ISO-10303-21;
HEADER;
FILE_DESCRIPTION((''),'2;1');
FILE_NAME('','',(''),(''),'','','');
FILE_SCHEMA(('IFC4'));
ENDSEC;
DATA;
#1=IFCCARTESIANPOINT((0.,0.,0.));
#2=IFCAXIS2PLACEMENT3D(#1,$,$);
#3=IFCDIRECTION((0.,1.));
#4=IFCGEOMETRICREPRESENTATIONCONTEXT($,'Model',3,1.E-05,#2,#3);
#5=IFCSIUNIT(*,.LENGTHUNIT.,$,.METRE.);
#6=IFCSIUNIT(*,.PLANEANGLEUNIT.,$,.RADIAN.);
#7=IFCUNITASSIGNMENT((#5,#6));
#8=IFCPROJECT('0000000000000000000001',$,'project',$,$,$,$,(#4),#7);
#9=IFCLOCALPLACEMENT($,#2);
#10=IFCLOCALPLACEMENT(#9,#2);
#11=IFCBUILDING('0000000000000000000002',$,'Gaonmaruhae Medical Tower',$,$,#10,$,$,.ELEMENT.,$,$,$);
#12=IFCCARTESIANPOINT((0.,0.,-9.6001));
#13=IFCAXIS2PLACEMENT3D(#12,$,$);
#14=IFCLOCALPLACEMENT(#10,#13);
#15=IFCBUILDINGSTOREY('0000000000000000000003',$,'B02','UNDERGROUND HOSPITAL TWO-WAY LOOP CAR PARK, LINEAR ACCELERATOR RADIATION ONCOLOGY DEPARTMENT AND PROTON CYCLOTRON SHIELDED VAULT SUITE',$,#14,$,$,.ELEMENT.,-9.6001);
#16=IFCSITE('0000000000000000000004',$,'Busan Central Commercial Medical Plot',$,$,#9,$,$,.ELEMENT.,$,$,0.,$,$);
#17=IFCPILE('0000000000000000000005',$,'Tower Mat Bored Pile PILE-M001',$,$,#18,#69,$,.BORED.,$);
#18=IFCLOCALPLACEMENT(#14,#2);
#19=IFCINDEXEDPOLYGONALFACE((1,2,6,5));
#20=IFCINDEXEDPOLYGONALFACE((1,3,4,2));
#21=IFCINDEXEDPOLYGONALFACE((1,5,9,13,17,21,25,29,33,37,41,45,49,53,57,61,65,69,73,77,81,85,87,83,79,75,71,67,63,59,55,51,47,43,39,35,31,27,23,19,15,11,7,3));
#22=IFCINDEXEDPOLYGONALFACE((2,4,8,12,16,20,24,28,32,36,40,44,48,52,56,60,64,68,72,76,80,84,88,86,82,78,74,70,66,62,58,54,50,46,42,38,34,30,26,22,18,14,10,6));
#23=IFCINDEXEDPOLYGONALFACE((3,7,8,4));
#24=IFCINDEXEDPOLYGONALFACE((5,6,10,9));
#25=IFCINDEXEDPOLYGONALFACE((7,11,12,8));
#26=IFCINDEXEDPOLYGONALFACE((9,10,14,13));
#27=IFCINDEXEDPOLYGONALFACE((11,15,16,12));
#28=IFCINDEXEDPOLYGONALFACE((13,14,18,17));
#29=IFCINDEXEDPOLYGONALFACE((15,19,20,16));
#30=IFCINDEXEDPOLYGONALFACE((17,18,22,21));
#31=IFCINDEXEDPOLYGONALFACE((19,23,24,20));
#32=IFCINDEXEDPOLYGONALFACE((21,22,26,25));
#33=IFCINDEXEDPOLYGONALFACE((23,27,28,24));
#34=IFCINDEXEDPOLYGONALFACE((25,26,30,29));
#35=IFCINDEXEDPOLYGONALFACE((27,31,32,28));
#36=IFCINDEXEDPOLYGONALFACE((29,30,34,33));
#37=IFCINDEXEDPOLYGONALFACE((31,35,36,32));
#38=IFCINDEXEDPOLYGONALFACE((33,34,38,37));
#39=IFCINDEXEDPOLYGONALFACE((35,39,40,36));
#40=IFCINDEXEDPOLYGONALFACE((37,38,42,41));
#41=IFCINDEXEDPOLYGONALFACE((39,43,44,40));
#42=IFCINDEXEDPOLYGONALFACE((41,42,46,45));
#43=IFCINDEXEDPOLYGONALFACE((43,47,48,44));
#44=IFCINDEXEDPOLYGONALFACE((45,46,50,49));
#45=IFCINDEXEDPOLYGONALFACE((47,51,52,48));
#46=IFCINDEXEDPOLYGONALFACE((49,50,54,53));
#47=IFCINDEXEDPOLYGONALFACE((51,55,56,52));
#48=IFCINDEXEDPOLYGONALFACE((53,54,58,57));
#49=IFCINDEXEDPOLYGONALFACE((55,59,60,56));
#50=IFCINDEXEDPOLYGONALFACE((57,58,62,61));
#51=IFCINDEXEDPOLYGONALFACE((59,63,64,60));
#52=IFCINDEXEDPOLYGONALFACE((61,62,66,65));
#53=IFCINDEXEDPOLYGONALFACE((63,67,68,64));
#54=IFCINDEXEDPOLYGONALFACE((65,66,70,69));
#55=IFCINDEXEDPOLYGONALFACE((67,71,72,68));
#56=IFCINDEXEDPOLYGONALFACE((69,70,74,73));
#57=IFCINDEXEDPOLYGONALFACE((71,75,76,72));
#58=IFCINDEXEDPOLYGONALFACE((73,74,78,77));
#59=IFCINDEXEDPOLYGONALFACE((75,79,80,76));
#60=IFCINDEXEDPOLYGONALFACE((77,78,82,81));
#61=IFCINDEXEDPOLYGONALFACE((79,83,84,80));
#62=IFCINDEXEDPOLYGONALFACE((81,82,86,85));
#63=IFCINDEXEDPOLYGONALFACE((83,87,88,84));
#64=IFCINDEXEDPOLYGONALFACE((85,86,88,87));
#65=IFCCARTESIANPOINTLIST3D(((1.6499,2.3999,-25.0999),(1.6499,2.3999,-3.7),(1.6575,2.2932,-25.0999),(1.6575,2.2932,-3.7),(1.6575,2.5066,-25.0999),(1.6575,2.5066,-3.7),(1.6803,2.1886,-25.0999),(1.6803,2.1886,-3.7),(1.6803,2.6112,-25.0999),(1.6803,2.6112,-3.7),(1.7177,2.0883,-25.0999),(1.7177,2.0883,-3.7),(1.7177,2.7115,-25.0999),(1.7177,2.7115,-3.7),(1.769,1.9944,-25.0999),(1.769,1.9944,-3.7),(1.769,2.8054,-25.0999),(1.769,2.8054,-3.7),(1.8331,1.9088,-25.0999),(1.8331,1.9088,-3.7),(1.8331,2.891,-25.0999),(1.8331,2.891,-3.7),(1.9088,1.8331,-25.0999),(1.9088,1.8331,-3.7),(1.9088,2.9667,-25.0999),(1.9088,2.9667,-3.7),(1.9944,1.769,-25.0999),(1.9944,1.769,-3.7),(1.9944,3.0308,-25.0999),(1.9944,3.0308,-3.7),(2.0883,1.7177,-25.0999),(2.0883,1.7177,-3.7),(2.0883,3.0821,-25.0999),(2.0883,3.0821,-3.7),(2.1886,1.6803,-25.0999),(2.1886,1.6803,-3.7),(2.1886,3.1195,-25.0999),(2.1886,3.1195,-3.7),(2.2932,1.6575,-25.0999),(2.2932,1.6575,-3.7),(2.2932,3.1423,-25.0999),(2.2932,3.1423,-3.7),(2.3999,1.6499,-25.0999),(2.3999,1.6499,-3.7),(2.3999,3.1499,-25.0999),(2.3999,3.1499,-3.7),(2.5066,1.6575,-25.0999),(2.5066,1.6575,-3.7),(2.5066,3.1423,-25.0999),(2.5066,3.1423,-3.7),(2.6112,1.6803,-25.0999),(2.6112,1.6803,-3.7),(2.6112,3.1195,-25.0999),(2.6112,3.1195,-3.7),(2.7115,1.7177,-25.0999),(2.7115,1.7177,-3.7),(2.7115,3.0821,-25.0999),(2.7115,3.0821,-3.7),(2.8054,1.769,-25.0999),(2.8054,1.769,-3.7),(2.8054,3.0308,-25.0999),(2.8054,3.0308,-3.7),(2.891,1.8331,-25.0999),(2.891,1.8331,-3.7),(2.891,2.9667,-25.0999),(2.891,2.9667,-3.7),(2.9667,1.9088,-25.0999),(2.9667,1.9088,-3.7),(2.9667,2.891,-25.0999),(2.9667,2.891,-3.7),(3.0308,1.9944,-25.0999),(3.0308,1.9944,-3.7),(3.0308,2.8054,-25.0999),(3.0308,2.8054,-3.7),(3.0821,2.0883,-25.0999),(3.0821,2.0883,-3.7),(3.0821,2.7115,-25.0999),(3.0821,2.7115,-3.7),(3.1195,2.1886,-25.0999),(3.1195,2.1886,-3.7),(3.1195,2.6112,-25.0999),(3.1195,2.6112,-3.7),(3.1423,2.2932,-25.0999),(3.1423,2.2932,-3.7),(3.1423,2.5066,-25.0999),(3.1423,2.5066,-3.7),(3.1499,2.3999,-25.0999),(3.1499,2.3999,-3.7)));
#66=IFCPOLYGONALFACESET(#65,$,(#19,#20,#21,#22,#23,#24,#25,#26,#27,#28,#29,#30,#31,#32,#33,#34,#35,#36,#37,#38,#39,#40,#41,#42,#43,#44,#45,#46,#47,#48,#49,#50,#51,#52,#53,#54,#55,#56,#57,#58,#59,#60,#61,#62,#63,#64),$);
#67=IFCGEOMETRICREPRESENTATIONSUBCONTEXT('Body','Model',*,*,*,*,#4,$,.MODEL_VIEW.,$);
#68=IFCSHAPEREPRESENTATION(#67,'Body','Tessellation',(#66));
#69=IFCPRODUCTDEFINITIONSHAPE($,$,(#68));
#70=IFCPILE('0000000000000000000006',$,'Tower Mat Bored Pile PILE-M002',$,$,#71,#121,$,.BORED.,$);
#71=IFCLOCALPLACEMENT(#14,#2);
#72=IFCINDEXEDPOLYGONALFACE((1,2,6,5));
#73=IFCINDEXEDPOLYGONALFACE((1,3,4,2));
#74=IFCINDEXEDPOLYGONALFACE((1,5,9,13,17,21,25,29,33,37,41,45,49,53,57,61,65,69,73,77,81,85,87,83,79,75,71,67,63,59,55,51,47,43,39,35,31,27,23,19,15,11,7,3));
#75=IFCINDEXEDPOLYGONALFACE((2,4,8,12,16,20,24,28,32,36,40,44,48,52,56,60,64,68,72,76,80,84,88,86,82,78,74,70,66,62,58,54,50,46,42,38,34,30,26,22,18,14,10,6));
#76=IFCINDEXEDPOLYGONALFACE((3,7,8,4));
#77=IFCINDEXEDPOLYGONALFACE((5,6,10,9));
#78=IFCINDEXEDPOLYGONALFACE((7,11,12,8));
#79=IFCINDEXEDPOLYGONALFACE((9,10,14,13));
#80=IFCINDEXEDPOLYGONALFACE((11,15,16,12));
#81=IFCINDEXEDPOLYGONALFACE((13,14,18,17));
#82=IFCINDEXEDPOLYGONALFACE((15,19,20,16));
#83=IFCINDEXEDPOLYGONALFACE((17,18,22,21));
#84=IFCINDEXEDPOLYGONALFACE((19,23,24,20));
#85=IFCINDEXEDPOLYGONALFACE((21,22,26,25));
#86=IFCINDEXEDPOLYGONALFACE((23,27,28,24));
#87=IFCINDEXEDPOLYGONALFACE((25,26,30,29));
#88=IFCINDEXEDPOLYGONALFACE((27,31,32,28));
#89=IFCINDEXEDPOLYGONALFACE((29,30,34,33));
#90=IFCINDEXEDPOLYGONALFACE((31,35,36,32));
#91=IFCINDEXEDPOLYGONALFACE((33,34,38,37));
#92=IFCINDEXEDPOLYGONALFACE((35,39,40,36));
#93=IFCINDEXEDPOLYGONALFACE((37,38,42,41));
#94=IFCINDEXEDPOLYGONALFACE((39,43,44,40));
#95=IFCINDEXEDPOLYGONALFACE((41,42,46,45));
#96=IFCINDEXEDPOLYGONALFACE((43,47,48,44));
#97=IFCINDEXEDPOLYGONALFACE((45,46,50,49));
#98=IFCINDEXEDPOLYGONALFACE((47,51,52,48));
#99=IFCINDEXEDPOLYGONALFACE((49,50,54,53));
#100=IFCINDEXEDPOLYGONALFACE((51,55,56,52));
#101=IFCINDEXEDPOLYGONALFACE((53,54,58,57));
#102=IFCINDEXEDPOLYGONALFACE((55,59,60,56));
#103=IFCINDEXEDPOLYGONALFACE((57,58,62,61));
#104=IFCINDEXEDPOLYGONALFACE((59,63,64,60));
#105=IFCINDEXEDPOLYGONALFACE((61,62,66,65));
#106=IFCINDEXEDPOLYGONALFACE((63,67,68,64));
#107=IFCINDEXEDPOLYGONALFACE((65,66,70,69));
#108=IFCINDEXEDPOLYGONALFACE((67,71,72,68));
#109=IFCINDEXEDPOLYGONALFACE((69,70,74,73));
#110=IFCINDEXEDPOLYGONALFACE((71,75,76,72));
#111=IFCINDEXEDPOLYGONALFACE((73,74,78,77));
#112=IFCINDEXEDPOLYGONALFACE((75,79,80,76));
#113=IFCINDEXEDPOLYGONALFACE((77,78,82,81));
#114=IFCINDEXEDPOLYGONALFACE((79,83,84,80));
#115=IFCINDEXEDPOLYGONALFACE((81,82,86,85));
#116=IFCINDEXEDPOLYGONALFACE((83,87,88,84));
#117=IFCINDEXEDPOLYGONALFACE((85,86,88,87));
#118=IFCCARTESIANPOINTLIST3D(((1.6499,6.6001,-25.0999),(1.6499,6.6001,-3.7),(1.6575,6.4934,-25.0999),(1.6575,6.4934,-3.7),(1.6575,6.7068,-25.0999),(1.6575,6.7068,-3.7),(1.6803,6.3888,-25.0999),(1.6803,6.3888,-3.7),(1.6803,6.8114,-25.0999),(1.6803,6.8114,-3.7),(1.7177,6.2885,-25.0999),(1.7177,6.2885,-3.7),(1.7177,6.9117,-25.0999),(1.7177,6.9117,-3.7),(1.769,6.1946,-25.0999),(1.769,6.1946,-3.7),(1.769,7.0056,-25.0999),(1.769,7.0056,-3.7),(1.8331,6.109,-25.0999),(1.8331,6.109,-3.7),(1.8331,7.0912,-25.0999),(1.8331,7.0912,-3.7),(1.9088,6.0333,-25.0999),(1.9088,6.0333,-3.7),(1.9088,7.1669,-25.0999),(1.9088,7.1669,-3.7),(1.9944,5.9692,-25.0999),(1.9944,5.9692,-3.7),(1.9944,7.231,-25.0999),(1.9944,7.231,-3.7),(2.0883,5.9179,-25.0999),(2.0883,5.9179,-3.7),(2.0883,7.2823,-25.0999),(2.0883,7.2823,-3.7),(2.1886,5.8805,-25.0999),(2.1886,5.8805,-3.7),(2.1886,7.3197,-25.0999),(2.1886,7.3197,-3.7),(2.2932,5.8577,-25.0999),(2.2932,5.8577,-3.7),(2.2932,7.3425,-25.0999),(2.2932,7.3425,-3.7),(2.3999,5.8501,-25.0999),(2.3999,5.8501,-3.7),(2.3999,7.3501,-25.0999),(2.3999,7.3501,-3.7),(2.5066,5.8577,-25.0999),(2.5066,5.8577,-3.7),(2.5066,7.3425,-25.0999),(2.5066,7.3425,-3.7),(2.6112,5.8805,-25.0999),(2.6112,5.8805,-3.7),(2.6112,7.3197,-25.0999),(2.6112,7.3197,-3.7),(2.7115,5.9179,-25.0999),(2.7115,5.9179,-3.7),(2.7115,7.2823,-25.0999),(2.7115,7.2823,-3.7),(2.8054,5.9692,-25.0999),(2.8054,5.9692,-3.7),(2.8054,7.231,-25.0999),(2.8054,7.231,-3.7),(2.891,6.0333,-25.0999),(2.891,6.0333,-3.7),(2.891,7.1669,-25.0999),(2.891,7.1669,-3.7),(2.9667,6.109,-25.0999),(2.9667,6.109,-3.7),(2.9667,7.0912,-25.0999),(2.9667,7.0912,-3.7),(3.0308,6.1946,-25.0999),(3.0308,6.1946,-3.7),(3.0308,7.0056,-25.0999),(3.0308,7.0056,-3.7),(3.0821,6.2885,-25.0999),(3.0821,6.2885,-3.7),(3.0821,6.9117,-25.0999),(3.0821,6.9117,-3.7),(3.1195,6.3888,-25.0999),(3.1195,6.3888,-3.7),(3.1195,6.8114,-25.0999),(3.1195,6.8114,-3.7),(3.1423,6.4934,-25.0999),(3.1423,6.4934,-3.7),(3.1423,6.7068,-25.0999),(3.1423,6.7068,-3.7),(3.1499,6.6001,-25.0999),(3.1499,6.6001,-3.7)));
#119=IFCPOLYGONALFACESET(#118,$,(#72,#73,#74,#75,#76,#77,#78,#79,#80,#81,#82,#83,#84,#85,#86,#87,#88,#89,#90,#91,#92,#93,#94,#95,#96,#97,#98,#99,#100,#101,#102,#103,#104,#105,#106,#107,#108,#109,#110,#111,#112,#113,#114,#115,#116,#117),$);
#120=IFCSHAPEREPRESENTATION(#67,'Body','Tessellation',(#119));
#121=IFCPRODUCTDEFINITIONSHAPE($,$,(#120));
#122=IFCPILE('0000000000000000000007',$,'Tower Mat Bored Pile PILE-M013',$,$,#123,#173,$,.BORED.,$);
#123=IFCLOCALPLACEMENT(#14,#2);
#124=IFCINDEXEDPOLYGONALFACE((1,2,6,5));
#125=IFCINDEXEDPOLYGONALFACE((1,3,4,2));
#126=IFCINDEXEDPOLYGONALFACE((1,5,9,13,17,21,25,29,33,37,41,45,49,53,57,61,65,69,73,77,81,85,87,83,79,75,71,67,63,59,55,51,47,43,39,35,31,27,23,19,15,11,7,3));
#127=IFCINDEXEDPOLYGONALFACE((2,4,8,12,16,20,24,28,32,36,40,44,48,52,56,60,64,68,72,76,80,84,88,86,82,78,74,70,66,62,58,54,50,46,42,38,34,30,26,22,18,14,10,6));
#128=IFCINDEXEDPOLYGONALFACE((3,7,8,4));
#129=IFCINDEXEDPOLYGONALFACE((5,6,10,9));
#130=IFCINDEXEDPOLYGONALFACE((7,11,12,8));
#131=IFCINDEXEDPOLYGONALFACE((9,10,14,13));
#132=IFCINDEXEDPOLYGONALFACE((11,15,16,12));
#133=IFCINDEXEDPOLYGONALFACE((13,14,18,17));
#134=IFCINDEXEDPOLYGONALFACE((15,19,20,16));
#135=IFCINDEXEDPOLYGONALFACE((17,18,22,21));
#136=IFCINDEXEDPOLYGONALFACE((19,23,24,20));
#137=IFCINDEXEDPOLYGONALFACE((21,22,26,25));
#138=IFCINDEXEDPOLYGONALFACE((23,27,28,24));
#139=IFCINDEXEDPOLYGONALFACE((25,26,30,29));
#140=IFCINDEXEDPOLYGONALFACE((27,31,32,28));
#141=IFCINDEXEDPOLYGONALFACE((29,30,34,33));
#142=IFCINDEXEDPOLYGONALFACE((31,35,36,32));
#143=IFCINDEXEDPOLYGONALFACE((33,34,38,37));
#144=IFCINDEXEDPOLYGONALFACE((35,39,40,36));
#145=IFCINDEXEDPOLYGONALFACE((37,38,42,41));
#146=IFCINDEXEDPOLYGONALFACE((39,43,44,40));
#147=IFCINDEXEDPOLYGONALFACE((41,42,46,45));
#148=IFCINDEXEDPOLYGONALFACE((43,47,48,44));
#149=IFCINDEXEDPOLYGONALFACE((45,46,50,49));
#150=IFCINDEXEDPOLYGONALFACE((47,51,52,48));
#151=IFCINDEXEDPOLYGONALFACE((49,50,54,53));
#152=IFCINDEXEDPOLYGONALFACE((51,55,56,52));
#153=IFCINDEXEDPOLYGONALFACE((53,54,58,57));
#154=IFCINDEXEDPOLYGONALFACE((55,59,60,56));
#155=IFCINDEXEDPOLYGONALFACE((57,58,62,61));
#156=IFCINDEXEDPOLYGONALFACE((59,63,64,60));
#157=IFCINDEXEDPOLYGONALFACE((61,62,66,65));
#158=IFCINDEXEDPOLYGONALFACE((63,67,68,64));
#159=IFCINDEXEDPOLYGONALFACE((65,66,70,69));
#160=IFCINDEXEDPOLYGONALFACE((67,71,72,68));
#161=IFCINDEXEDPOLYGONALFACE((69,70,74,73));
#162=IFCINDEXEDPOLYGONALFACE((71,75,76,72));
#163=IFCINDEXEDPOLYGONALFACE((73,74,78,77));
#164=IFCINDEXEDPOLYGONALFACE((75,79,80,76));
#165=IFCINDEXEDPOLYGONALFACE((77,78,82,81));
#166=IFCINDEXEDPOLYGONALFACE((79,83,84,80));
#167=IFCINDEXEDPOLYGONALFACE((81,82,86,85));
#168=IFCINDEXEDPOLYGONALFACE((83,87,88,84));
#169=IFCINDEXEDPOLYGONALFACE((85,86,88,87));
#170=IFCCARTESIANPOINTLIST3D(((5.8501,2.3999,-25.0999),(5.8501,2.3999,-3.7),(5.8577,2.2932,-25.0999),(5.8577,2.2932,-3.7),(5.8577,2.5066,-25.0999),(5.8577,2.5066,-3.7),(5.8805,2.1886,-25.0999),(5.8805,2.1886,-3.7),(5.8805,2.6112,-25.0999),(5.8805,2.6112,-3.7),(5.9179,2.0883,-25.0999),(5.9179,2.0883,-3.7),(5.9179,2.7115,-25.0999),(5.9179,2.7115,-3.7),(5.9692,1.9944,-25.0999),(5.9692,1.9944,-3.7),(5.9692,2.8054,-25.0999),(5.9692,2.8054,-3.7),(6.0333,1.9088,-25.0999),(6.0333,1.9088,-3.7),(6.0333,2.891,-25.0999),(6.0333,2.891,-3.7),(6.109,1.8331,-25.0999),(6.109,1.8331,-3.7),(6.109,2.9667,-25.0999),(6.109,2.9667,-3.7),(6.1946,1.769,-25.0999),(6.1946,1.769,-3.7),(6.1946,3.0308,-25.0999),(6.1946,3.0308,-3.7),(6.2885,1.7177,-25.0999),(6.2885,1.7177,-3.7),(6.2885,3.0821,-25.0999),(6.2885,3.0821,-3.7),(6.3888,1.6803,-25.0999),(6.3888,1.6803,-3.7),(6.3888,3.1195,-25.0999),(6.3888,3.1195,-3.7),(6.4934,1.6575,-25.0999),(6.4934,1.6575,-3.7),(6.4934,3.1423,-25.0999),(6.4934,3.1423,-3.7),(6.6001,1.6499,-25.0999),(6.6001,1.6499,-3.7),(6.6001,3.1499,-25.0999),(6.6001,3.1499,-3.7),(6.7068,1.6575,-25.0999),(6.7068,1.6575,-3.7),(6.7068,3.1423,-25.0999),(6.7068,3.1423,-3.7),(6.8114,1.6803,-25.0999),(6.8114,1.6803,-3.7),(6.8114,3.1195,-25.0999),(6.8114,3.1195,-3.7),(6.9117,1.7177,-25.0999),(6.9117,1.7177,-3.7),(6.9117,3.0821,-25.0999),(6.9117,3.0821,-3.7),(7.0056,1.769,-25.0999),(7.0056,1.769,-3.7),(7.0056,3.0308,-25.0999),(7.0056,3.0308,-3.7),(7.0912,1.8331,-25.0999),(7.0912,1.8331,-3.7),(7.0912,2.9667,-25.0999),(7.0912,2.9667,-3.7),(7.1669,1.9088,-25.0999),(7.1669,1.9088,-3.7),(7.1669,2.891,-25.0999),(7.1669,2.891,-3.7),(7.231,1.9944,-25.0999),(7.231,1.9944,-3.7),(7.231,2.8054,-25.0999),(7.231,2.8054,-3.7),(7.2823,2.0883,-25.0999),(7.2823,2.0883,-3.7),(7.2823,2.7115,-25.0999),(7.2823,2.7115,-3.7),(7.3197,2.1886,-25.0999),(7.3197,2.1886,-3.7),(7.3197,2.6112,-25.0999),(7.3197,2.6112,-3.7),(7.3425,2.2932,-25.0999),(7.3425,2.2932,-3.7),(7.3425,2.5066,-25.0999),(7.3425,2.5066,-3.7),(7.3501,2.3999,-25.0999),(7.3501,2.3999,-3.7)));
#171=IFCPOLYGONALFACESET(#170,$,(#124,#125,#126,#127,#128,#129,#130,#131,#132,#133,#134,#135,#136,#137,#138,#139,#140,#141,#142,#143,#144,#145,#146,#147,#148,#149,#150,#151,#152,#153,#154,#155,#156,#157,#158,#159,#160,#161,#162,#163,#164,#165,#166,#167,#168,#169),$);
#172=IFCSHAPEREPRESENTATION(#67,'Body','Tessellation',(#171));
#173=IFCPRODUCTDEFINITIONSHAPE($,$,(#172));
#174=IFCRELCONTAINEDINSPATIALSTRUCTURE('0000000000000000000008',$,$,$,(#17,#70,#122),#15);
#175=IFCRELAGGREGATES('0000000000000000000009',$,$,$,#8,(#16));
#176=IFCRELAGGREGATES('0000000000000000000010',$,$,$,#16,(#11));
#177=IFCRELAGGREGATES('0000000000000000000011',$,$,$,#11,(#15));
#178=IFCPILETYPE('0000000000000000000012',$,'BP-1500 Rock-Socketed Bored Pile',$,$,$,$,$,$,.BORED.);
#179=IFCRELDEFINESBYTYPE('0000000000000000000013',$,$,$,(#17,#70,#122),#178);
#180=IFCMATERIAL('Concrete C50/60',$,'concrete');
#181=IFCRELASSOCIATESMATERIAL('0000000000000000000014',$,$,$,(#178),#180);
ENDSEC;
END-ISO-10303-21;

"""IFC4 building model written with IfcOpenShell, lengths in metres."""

from ifc_helpers import new_model, si_unit, direction, frame, origin, origin_2d, place, context, subcontext, project, spatial, circle, extrude, material, material_profile, profile_set, type_object, element, save


model = new_model("IFC4")

# Units and contexts
model_context = context("Model", 3, precision=1e-05, world=origin(), true_north=direction((0.0, 1.0)))
body_context = subcontext(model_context, "Body", "Model", "MODEL_VIEW")
ifc_project = project(units=[si_unit("LENGTHUNIT", "METRE"), si_unit("PLANEANGLEUNIT", "RADIAN")], contexts=[model_context])

# Site, building, storey
site_placement = place(None, origin())
site = spatial("IfcSite", under=ifc_project, at=site_placement, Name="Busan Central Commercial Medical Plot", CompositionType="ELEMENT", RefElevation=0.0)
building_placement = place(site_placement, origin())
building = spatial("IfcBuilding", under=site, at=building_placement, Name="Gaonmaruhae Medical Tower", CompositionType="ELEMENT")
storey_placement = place(building_placement, frame((0.0, 0.0, -9.6001)))
storey = spatial("IfcBuildingStorey", under=building, at=storey_placement, Name="B02", Description="UNDERGROUND HOSPITAL TWO-WAY LOOP CAR PARK, LINEAR ACCELERATOR RADIATION ONCOLOGY DEPARTMENT AND PROTON CYCLOTRON SHIELDED VAULT SUITE", CompositionType="ELEMENT", Elevation=-9.6001)

# Piles
ifc_material_1 = material(Name="Concrete C50/60", Category="concrete")
ifc_material_profile_1 = material_profile(ifc_material_1, circle(Radius=0.75, at=origin_2d()), Name="PILE-D1500")
ifc_profile_set_1 = profile_set([ifc_material_profile_1], Name="Concrete C50/60")
pile_type = type_object("IfcPileType", Name="BP-1500 Rock-Socketed Bored Pile", PredefinedType="BORED", material=ifc_profile_set_1)
for number, where, z_axis, x_axis, name in (
    (1, (2.3999, 2.3999, -3.7), (0.0, 0.0, -1.0), (1.0, 0.0, 0.0), "Tower Mat Bored Pile PILE-M001"),
    (2, (2.3999, 6.6001, -3.7), (0.0, 0.0, -1.0), (1.0, 0.0, 0.0), "Tower Mat Bored Pile PILE-M002"),
    (3, (6.6001, 2.3999, -3.7), (0.0, 0.0, -1.0), (1.0, 0.0, 0.0), "Tower Mat Bored Pile PILE-M013"),
):
    element("IfcPile", number, at=place(storey_placement, frame(where, z_axis=z_axis, x_axis=x_axis)), inside=storey, type_object=pile_type, Name=name, PredefinedType="BORED", context=body_context, shape_type="SweptSolid", body=[
        extrude(circle(Radius=0.75, at=origin_2d()), origin(), (0.0, 0.0, 1.0), 21.3999),
    ])

save(model, "model.ifc")
